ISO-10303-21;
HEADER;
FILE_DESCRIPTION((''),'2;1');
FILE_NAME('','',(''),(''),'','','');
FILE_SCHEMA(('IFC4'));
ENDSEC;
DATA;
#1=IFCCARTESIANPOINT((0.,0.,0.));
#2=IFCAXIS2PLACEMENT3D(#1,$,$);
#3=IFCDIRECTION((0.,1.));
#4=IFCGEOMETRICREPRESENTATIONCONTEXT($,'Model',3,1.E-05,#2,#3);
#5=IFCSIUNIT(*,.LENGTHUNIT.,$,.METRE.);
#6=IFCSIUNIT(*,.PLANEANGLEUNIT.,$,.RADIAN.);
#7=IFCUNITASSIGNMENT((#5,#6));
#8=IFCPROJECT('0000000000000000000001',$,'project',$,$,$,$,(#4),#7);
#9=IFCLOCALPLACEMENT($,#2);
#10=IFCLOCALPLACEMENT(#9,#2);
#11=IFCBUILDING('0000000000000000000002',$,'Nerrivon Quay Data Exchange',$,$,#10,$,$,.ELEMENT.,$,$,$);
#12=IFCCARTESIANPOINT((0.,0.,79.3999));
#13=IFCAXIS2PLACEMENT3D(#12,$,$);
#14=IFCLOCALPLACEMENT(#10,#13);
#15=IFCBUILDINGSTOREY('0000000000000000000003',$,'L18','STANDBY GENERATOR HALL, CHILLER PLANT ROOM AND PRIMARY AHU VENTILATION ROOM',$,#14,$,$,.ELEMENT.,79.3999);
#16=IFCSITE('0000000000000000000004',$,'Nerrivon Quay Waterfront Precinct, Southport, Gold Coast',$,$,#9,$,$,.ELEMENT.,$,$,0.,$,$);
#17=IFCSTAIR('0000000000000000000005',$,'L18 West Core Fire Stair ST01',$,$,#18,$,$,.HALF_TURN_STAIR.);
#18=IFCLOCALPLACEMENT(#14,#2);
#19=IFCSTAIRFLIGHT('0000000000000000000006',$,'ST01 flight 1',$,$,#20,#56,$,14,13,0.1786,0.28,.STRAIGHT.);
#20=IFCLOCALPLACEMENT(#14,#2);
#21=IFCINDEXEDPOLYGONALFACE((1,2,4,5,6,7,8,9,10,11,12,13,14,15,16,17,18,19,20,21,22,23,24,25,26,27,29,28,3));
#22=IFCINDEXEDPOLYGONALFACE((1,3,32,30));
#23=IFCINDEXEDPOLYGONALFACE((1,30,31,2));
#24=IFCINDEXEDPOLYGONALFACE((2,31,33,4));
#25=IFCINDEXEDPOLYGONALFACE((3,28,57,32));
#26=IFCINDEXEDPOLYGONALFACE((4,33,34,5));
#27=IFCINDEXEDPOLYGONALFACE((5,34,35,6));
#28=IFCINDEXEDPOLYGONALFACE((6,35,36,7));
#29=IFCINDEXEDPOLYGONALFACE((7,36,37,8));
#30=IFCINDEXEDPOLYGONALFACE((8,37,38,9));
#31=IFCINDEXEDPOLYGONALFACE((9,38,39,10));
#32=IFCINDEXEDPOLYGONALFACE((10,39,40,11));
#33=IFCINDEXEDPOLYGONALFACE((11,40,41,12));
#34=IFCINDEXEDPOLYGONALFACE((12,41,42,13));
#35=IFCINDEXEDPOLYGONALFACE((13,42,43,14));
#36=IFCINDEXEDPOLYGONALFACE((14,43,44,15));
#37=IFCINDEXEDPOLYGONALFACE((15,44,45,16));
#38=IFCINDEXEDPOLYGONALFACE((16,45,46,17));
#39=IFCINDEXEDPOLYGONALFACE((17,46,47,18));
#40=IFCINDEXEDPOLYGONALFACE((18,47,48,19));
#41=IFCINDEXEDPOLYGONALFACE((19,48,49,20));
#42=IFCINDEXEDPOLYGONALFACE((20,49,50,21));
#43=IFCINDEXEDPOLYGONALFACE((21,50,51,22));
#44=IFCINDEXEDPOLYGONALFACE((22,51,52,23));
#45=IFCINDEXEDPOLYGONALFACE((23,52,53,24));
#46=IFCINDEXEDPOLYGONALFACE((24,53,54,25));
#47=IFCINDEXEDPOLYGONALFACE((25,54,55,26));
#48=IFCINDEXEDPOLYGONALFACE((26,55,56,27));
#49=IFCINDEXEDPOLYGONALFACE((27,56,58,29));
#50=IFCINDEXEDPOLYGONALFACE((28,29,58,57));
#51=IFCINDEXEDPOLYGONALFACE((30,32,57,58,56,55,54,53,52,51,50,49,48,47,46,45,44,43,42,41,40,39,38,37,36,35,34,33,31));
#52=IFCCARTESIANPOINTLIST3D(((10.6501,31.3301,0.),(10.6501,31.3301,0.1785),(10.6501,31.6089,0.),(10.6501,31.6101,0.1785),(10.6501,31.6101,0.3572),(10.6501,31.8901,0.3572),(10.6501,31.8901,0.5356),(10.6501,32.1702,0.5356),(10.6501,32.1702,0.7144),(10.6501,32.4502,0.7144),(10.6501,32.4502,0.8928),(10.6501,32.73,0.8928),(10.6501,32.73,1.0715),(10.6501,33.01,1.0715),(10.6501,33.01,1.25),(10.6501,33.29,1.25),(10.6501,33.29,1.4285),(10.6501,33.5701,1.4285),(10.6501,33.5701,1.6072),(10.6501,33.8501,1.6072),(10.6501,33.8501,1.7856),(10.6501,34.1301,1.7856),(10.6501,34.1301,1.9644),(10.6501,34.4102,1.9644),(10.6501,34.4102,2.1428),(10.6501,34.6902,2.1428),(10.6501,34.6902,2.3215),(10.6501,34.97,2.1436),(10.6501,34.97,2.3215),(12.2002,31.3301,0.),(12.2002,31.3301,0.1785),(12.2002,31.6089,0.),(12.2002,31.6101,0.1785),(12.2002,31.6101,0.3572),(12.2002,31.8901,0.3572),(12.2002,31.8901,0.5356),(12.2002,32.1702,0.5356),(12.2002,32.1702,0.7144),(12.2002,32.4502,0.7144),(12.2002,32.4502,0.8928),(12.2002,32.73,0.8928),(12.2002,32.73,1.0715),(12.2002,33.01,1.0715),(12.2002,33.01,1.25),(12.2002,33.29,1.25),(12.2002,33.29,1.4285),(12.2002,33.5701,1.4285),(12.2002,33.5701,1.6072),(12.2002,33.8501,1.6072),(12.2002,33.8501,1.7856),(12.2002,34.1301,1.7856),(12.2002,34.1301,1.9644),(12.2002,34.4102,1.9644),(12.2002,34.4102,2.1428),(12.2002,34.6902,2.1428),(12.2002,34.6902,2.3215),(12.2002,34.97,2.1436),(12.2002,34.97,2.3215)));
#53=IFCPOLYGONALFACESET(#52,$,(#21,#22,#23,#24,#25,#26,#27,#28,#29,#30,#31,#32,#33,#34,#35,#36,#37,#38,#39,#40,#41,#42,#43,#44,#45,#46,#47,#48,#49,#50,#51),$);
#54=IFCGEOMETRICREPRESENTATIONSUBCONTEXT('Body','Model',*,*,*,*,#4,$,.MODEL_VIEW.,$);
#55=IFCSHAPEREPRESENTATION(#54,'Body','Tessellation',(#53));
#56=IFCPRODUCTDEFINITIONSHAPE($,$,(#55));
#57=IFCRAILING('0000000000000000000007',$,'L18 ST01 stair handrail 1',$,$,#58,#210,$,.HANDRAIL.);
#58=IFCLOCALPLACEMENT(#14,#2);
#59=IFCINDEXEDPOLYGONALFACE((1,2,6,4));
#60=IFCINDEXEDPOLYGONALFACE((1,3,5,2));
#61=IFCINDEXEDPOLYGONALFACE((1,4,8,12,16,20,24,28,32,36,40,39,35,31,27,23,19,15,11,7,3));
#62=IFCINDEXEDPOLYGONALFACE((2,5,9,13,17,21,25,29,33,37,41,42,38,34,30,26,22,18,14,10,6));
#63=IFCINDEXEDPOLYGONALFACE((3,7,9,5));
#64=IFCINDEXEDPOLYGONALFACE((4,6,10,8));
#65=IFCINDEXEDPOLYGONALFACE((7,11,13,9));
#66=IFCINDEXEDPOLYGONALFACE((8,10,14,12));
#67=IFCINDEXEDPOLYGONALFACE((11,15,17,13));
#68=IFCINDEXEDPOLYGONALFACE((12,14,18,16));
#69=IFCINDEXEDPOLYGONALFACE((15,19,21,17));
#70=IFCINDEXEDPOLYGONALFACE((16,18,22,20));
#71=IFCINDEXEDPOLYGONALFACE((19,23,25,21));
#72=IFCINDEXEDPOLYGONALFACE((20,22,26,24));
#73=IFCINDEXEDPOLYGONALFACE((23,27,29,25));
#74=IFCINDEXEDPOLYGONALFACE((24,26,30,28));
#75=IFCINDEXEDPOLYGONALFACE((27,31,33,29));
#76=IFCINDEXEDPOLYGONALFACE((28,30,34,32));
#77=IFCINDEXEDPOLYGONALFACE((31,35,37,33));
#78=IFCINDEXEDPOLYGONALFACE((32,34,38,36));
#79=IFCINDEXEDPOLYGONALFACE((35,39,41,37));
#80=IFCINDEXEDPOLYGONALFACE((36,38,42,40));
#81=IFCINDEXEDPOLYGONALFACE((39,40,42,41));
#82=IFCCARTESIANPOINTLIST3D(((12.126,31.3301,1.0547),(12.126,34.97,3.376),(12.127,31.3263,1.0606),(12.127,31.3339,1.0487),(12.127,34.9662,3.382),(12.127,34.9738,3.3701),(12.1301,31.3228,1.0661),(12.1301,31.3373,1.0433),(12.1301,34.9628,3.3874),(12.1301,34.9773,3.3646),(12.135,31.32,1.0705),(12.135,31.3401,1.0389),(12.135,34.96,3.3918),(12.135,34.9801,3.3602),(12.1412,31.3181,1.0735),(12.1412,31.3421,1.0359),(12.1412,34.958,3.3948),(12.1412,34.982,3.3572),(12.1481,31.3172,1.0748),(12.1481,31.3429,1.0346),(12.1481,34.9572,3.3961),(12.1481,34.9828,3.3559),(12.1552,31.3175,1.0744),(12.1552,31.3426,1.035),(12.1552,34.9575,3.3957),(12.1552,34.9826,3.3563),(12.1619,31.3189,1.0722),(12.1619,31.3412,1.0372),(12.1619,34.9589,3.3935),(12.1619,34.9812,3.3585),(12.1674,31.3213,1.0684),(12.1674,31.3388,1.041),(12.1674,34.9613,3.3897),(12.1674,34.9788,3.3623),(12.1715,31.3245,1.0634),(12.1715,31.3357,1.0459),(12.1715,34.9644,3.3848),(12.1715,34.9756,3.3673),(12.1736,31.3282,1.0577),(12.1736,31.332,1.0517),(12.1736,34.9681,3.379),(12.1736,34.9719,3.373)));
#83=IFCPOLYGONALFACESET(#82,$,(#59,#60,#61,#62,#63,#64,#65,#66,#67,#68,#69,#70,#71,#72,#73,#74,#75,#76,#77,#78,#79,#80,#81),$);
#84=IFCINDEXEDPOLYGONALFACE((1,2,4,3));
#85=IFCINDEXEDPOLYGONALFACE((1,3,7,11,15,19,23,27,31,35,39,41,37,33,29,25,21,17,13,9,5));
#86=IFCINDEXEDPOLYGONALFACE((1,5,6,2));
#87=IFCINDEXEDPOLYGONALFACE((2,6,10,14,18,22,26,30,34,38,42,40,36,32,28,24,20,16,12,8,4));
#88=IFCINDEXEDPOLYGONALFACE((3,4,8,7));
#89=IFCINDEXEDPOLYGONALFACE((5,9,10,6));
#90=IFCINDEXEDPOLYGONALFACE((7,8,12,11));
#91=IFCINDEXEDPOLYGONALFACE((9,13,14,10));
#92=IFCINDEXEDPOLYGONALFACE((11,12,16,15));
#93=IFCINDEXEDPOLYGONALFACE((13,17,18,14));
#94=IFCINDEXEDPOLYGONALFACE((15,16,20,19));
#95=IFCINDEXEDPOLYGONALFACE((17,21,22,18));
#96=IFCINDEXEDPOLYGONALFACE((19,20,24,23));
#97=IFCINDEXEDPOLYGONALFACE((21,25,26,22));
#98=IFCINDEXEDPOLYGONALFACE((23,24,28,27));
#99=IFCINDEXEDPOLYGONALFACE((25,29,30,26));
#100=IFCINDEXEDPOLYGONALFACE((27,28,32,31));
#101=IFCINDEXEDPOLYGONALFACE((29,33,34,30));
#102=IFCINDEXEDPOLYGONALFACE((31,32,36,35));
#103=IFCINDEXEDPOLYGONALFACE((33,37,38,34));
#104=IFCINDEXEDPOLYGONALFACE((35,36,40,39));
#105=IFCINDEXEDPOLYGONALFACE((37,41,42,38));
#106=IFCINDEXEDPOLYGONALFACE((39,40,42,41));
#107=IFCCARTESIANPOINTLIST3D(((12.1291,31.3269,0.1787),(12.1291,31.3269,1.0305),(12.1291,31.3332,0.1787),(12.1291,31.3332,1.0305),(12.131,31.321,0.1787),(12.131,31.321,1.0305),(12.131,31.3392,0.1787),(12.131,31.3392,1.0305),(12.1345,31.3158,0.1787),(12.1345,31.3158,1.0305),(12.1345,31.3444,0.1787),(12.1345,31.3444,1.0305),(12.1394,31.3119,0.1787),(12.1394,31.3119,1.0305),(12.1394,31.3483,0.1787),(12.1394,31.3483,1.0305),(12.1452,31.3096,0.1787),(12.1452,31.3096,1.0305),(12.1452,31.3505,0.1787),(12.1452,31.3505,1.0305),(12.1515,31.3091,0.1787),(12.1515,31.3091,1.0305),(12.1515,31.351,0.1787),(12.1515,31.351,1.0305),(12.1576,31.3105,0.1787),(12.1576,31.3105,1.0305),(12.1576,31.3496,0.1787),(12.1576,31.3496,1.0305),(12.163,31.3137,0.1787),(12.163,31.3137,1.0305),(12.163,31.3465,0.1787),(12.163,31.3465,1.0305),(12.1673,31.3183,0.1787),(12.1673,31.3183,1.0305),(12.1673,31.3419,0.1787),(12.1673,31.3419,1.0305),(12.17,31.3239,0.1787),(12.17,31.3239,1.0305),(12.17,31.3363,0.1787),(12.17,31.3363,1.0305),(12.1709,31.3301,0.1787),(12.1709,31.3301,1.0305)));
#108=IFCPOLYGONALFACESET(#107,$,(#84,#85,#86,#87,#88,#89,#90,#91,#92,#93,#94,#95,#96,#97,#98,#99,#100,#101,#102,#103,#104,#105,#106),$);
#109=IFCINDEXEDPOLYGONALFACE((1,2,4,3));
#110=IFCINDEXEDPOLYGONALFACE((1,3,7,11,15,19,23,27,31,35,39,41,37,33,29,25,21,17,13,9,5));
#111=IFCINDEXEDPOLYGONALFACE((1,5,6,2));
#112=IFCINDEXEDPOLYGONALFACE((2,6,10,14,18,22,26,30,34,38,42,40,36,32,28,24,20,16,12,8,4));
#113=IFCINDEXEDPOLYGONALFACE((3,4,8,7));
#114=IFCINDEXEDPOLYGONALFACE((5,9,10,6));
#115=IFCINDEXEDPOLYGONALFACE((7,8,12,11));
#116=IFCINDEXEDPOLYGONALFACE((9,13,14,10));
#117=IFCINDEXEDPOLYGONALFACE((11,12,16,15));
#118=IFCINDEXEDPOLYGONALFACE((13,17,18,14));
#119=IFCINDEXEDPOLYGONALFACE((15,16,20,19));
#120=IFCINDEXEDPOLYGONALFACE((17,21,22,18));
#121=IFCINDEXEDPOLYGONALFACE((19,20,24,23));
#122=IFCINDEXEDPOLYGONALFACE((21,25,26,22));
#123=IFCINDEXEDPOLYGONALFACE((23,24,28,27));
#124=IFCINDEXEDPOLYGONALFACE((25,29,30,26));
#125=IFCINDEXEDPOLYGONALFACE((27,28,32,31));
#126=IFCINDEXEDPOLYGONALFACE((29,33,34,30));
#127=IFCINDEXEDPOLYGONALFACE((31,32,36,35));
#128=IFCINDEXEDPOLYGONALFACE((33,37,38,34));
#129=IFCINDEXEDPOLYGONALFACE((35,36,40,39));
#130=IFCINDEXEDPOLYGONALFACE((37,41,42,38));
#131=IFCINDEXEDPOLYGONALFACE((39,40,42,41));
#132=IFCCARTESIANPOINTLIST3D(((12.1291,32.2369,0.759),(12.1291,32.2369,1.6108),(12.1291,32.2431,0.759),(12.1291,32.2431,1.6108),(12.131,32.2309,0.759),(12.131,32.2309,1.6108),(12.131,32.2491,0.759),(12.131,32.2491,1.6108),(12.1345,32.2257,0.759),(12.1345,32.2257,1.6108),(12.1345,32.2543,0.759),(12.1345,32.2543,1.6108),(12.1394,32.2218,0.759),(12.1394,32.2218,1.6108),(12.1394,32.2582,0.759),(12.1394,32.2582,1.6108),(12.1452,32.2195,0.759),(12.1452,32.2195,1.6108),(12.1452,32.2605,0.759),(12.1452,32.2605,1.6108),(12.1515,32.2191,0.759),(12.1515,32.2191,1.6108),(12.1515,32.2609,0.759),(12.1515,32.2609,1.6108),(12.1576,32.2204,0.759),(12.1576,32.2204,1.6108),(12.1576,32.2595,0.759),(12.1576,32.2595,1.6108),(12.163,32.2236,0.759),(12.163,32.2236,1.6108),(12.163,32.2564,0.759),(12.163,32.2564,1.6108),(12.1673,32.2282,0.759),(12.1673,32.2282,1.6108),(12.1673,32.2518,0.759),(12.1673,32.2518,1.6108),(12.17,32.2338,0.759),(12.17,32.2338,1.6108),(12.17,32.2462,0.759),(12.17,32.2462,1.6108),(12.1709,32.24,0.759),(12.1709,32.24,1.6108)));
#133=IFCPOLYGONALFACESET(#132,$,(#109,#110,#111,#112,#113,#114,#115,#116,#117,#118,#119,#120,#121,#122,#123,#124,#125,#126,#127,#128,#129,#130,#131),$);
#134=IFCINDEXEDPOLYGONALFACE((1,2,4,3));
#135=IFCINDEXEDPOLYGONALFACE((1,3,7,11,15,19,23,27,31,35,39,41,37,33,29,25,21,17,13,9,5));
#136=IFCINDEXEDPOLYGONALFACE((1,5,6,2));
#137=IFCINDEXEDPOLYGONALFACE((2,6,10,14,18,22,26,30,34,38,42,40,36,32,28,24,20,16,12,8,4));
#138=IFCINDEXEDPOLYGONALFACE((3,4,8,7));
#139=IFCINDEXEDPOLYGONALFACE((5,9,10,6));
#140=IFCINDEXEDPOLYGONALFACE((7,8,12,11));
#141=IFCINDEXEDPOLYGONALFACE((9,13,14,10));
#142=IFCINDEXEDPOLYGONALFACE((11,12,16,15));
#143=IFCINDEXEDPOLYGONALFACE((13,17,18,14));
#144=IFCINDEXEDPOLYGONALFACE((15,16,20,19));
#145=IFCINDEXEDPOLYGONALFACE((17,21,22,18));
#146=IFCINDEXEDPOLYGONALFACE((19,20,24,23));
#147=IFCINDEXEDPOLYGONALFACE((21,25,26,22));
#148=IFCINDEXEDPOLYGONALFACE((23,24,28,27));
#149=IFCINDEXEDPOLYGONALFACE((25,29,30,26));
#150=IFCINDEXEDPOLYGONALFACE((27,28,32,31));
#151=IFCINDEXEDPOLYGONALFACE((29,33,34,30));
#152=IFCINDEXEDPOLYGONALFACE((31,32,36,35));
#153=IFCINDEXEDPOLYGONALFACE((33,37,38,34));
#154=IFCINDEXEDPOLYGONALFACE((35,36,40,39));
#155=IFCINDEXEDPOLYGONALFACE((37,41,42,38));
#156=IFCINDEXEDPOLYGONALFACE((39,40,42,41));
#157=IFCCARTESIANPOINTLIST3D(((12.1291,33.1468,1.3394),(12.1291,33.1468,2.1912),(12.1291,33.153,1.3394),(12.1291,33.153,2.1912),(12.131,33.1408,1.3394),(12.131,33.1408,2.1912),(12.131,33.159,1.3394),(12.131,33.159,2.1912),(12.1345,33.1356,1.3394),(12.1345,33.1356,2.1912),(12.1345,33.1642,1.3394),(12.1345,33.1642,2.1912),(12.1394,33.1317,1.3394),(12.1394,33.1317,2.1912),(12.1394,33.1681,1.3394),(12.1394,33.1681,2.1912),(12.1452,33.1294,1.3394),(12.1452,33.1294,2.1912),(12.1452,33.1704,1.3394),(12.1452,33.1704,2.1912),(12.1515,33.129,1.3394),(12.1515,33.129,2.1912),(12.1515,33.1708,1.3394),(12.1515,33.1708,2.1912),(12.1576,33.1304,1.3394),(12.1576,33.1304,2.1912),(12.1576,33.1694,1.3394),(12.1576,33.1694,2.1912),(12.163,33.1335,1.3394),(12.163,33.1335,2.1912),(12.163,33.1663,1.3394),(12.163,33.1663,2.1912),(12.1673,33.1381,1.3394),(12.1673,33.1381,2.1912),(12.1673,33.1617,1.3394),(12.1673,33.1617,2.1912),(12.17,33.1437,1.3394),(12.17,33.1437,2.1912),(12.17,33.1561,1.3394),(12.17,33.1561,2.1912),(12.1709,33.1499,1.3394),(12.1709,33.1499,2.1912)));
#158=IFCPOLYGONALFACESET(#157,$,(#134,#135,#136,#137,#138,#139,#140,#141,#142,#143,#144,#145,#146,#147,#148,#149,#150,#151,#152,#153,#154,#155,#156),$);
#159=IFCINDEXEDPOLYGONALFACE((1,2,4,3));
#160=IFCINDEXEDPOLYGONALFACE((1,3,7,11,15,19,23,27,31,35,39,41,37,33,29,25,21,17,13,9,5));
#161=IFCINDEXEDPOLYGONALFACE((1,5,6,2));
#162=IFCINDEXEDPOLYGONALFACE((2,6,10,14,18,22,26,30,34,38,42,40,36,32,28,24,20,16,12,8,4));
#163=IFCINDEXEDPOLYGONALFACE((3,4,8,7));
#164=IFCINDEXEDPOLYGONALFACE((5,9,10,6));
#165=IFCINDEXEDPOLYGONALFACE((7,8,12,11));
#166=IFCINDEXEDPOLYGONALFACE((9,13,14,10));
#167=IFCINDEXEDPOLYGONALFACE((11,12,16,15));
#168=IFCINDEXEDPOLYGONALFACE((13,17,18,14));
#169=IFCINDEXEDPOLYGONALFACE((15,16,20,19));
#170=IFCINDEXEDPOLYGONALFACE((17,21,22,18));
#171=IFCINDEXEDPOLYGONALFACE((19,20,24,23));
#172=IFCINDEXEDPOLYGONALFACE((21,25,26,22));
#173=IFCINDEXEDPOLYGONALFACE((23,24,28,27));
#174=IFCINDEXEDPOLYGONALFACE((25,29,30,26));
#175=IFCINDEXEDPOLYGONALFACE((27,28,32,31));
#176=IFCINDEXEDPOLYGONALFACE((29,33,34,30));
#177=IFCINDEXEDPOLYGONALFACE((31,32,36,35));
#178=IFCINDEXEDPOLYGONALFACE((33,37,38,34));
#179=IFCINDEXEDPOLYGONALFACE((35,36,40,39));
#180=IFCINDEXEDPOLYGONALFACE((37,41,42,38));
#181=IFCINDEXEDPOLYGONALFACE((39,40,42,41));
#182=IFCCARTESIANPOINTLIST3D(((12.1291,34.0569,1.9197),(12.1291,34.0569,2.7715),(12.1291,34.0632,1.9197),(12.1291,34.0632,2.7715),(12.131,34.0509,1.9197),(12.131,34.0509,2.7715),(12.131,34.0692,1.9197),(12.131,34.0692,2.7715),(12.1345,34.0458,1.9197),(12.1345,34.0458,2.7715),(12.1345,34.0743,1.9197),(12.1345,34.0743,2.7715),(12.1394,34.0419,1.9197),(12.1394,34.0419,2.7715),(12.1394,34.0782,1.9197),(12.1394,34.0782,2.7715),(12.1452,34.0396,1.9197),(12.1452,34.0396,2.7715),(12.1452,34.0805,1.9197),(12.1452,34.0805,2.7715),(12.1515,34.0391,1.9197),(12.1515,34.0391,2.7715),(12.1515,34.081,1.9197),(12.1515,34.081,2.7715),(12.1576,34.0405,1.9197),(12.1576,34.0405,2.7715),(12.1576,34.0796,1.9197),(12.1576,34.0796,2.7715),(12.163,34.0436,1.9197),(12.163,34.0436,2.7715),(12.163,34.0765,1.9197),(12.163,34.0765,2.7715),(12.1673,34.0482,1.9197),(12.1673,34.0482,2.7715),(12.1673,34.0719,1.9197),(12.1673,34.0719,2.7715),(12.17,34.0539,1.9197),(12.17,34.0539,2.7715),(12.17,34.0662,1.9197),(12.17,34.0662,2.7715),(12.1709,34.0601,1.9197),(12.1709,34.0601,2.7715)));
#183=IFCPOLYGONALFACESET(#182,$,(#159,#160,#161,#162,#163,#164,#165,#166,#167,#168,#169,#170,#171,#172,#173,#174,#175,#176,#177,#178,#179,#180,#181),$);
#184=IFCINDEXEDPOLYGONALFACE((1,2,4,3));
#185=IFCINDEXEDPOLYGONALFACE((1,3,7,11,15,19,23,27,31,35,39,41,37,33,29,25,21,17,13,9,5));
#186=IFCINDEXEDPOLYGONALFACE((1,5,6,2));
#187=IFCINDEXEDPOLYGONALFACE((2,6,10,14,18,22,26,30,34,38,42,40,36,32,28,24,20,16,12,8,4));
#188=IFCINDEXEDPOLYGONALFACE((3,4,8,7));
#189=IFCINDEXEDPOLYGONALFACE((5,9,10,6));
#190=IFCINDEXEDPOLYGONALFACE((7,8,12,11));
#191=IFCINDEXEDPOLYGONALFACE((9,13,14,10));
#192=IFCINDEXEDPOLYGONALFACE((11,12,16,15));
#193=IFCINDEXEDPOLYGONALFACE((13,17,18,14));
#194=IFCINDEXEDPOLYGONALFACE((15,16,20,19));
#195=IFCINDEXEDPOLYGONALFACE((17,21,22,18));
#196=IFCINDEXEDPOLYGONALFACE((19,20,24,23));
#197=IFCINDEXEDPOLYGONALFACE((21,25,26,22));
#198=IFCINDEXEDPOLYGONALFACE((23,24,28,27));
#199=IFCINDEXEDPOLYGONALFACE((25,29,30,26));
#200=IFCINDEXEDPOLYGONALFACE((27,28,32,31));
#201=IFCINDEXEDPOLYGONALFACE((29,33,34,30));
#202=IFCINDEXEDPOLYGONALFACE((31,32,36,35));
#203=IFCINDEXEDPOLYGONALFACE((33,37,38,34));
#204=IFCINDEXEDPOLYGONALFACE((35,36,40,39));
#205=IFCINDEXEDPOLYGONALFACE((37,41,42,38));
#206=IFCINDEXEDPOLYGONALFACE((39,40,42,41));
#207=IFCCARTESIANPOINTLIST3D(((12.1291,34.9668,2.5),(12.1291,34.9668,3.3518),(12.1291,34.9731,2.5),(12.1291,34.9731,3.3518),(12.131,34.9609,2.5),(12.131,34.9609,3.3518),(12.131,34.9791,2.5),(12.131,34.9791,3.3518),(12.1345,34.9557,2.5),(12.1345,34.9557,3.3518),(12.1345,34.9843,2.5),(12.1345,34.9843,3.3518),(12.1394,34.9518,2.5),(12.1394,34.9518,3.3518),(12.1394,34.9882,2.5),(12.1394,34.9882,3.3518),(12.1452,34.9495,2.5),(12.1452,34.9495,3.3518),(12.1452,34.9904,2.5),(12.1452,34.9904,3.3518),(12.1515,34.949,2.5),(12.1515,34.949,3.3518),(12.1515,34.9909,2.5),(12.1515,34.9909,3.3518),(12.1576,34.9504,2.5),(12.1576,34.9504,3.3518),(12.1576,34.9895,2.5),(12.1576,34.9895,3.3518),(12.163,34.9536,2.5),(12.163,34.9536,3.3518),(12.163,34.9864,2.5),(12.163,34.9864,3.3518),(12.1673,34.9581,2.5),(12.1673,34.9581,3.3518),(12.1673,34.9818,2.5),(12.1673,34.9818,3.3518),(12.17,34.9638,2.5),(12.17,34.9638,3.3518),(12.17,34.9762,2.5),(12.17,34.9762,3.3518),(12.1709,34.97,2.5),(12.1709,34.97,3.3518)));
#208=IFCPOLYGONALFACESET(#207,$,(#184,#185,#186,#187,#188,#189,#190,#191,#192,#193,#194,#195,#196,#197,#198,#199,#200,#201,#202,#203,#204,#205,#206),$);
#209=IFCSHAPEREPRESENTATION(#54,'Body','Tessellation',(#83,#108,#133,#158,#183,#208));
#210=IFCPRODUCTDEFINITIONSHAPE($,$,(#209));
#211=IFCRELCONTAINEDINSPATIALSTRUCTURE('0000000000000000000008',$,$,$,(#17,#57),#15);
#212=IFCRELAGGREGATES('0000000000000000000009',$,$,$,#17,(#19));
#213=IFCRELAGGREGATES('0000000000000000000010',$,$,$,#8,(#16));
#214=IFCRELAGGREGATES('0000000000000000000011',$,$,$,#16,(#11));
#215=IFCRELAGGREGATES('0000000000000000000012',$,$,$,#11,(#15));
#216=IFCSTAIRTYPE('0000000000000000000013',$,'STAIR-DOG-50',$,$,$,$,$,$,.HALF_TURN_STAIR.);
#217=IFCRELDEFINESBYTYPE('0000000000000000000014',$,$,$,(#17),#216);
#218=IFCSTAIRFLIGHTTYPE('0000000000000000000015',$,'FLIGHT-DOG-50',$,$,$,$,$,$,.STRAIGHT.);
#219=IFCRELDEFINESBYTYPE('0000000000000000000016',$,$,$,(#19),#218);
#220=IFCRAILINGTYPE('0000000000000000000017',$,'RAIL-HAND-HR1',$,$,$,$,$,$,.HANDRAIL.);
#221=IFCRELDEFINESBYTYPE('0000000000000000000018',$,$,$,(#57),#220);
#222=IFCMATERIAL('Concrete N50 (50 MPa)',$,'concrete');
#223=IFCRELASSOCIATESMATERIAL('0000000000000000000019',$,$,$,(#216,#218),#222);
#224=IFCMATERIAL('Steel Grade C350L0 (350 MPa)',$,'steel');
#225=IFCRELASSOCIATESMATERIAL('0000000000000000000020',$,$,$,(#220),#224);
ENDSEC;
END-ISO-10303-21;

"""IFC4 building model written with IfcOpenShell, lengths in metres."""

from ifc_helpers import new_model, si_unit, direction, frame, origin, origin_2d, place, context, subcontext, project, spatial, polyline, circle, outline, extrude, material, type_object, element, aggregate, save


model = new_model("IFC4")

# Units and contexts
model_context = context("Model", 3, precision=1e-05, world=origin(), true_north=direction((0.0, 1.0)))
body_context = subcontext(model_context, "Body", "Model", "MODEL_VIEW")
ifc_project = project(units=[si_unit("LENGTHUNIT", "METRE"), si_unit("PLANEANGLEUNIT", "RADIAN")], contexts=[model_context])

# Site, building, storey
site_placement = place(None, origin())
site = spatial("IfcSite", under=ifc_project, at=site_placement, Name="Nerrivon Quay Waterfront Precinct, Southport, Gold Coast", CompositionType="ELEMENT", RefElevation=0.0)
building_placement = place(site_placement, origin())
building = spatial("IfcBuilding", under=site, at=building_placement, Name="Nerrivon Quay Data Exchange", CompositionType="ELEMENT")
storey_placement = place(building_placement, frame((0.0, 0.0, 79.3999)))
storey = spatial("IfcBuildingStorey", under=building, at=storey_placement, Name="L18", Description="STANDBY GENERATOR HALL, CHILLER PLANT ROOM AND PRIMARY AHU VENTILATION ROOM", CompositionType="ELEMENT", Elevation=79.3999)

# Shared definitions
ifc_material_1 = material(Name="Concrete N50 (50 MPa)", Category="concrete")

# Stair, stair flight
stair_type = type_object("IfcStairType", Name="STAIR-DOG-50", PredefinedType="HALF_TURN_STAIR", material=ifc_material_1)
stair_placement = place(storey_placement, origin())
stair = element("IfcStair", 1, at=stair_placement, inside=storey, type_object=stair_type, Name="L18 West Core Fire Stair ST01", PredefinedType="HALF_TURN_STAIR")
stair_flight_type = type_object("IfcStairFlightType", Name="FLIGHT-DOG-50", PredefinedType="STRAIGHT", material=ifc_material_1)
stair_flight_placement = place(storey_placement, frame((11.425, 31.3301, 0.0), z_axis=(0.0, 0.0, 1.0), x_axis=(0.0, 1.0, 0.0)))
stair_flight = element("IfcStairFlight", 2, at=stair_flight_placement, type_object=stair_flight_type, Name="ST01 flight 1", NumberOfRisers=14, NumberOfTreads=13, PredefinedType="STRAIGHT", RiserHeight=0.1786, TreadLength=0.28, context=body_context, shape_type="SweptSolid", body=[
    extrude(outline(polyline([(0.0, 0.0), (0.0, 0.1785), (0.28, 0.1785), (0.28, 0.3572), (0.5601, 0.3572), (0.5601, 0.5356), (0.8401, 0.5356), (0.8401, 0.7144), (1.1201, 0.7144), (1.1201, 0.8928), (1.3999, 0.8928), (1.3999, 1.0715), (1.6799, 1.0715), (1.6799, 1.25), (1.96, 1.25), (1.96, 1.4285), (2.24, 1.4285), (2.24, 1.6072), (2.52, 1.6072), (2.52, 1.7856), (2.8, 1.7856), (2.8, 1.9644), (3.0801, 1.9644), (3.0801, 2.1428), (3.3601, 2.1428), (3.3601, 2.3215), (3.6399, 2.3215), (3.6399, 2.5), (3.6399, 2.1436), (0.2788, 0.0), (0.0, 0.0)])), frame((0.0, 0.7749, 0.0), z_axis=(0.0, -1.0, 0.0), x_axis=(1.0, 0.0, 0.0)), (0.0, 0.0, 1.0), 1.55),
])
aggregate(stair, [stair_flight])

# Railing
ifc_material_2 = material(Name="Steel Grade C350L0 (350 MPa)", Category="steel")
railing_type_1 = type_object("IfcRailingType", Name="RAIL-HAND-HR1", PredefinedType="HANDRAIL", material=ifc_material_2)
railing_1_placement = place(storey_placement, frame((12.1499, 31.3301, 0.1787)))
element("IfcRailing", 3, at=railing_1_placement, inside=storey, type_object=railing_type_1, Name="L18 ST01 stair handrail 1", PredefinedType="HANDRAIL", context=body_context, shape_type="SweptSolid", body=[
    extrude(circle(Radius=0.0239, at=origin_2d()), frame((0.0, 0.0, 0.876), z_axis=(0.0, 0.843137, 0.537699), x_axis=(-1.0, 0.0, 0.0)), (0.0, 0.0, 1.0), 4.3171),
    extrude(circle(Radius=0.021, at=origin_2d()), origin(), (0.0, 0.0, 1.0), 0.8518),
    extrude(circle(Radius=0.021, at=origin_2d()), frame((0.0, 0.9099, 0.5803)), (0.0, 0.0, 1.0), 0.8518),
    extrude(circle(Radius=0.021, at=origin_2d()), frame((0.0, 1.8198, 1.1606)), (0.0, 0.0, 1.0), 0.8518),
    extrude(circle(Radius=0.021, at=origin_2d()), frame((0.0, 2.73, 1.741)), (0.0, 0.0, 1.0), 0.8518),
    extrude(circle(Radius=0.021, at=origin_2d()), frame((0.0, 3.6399, 2.3213)), (0.0, 0.0, 1.0), 0.8518),
])

save(model, "model.ifc")
